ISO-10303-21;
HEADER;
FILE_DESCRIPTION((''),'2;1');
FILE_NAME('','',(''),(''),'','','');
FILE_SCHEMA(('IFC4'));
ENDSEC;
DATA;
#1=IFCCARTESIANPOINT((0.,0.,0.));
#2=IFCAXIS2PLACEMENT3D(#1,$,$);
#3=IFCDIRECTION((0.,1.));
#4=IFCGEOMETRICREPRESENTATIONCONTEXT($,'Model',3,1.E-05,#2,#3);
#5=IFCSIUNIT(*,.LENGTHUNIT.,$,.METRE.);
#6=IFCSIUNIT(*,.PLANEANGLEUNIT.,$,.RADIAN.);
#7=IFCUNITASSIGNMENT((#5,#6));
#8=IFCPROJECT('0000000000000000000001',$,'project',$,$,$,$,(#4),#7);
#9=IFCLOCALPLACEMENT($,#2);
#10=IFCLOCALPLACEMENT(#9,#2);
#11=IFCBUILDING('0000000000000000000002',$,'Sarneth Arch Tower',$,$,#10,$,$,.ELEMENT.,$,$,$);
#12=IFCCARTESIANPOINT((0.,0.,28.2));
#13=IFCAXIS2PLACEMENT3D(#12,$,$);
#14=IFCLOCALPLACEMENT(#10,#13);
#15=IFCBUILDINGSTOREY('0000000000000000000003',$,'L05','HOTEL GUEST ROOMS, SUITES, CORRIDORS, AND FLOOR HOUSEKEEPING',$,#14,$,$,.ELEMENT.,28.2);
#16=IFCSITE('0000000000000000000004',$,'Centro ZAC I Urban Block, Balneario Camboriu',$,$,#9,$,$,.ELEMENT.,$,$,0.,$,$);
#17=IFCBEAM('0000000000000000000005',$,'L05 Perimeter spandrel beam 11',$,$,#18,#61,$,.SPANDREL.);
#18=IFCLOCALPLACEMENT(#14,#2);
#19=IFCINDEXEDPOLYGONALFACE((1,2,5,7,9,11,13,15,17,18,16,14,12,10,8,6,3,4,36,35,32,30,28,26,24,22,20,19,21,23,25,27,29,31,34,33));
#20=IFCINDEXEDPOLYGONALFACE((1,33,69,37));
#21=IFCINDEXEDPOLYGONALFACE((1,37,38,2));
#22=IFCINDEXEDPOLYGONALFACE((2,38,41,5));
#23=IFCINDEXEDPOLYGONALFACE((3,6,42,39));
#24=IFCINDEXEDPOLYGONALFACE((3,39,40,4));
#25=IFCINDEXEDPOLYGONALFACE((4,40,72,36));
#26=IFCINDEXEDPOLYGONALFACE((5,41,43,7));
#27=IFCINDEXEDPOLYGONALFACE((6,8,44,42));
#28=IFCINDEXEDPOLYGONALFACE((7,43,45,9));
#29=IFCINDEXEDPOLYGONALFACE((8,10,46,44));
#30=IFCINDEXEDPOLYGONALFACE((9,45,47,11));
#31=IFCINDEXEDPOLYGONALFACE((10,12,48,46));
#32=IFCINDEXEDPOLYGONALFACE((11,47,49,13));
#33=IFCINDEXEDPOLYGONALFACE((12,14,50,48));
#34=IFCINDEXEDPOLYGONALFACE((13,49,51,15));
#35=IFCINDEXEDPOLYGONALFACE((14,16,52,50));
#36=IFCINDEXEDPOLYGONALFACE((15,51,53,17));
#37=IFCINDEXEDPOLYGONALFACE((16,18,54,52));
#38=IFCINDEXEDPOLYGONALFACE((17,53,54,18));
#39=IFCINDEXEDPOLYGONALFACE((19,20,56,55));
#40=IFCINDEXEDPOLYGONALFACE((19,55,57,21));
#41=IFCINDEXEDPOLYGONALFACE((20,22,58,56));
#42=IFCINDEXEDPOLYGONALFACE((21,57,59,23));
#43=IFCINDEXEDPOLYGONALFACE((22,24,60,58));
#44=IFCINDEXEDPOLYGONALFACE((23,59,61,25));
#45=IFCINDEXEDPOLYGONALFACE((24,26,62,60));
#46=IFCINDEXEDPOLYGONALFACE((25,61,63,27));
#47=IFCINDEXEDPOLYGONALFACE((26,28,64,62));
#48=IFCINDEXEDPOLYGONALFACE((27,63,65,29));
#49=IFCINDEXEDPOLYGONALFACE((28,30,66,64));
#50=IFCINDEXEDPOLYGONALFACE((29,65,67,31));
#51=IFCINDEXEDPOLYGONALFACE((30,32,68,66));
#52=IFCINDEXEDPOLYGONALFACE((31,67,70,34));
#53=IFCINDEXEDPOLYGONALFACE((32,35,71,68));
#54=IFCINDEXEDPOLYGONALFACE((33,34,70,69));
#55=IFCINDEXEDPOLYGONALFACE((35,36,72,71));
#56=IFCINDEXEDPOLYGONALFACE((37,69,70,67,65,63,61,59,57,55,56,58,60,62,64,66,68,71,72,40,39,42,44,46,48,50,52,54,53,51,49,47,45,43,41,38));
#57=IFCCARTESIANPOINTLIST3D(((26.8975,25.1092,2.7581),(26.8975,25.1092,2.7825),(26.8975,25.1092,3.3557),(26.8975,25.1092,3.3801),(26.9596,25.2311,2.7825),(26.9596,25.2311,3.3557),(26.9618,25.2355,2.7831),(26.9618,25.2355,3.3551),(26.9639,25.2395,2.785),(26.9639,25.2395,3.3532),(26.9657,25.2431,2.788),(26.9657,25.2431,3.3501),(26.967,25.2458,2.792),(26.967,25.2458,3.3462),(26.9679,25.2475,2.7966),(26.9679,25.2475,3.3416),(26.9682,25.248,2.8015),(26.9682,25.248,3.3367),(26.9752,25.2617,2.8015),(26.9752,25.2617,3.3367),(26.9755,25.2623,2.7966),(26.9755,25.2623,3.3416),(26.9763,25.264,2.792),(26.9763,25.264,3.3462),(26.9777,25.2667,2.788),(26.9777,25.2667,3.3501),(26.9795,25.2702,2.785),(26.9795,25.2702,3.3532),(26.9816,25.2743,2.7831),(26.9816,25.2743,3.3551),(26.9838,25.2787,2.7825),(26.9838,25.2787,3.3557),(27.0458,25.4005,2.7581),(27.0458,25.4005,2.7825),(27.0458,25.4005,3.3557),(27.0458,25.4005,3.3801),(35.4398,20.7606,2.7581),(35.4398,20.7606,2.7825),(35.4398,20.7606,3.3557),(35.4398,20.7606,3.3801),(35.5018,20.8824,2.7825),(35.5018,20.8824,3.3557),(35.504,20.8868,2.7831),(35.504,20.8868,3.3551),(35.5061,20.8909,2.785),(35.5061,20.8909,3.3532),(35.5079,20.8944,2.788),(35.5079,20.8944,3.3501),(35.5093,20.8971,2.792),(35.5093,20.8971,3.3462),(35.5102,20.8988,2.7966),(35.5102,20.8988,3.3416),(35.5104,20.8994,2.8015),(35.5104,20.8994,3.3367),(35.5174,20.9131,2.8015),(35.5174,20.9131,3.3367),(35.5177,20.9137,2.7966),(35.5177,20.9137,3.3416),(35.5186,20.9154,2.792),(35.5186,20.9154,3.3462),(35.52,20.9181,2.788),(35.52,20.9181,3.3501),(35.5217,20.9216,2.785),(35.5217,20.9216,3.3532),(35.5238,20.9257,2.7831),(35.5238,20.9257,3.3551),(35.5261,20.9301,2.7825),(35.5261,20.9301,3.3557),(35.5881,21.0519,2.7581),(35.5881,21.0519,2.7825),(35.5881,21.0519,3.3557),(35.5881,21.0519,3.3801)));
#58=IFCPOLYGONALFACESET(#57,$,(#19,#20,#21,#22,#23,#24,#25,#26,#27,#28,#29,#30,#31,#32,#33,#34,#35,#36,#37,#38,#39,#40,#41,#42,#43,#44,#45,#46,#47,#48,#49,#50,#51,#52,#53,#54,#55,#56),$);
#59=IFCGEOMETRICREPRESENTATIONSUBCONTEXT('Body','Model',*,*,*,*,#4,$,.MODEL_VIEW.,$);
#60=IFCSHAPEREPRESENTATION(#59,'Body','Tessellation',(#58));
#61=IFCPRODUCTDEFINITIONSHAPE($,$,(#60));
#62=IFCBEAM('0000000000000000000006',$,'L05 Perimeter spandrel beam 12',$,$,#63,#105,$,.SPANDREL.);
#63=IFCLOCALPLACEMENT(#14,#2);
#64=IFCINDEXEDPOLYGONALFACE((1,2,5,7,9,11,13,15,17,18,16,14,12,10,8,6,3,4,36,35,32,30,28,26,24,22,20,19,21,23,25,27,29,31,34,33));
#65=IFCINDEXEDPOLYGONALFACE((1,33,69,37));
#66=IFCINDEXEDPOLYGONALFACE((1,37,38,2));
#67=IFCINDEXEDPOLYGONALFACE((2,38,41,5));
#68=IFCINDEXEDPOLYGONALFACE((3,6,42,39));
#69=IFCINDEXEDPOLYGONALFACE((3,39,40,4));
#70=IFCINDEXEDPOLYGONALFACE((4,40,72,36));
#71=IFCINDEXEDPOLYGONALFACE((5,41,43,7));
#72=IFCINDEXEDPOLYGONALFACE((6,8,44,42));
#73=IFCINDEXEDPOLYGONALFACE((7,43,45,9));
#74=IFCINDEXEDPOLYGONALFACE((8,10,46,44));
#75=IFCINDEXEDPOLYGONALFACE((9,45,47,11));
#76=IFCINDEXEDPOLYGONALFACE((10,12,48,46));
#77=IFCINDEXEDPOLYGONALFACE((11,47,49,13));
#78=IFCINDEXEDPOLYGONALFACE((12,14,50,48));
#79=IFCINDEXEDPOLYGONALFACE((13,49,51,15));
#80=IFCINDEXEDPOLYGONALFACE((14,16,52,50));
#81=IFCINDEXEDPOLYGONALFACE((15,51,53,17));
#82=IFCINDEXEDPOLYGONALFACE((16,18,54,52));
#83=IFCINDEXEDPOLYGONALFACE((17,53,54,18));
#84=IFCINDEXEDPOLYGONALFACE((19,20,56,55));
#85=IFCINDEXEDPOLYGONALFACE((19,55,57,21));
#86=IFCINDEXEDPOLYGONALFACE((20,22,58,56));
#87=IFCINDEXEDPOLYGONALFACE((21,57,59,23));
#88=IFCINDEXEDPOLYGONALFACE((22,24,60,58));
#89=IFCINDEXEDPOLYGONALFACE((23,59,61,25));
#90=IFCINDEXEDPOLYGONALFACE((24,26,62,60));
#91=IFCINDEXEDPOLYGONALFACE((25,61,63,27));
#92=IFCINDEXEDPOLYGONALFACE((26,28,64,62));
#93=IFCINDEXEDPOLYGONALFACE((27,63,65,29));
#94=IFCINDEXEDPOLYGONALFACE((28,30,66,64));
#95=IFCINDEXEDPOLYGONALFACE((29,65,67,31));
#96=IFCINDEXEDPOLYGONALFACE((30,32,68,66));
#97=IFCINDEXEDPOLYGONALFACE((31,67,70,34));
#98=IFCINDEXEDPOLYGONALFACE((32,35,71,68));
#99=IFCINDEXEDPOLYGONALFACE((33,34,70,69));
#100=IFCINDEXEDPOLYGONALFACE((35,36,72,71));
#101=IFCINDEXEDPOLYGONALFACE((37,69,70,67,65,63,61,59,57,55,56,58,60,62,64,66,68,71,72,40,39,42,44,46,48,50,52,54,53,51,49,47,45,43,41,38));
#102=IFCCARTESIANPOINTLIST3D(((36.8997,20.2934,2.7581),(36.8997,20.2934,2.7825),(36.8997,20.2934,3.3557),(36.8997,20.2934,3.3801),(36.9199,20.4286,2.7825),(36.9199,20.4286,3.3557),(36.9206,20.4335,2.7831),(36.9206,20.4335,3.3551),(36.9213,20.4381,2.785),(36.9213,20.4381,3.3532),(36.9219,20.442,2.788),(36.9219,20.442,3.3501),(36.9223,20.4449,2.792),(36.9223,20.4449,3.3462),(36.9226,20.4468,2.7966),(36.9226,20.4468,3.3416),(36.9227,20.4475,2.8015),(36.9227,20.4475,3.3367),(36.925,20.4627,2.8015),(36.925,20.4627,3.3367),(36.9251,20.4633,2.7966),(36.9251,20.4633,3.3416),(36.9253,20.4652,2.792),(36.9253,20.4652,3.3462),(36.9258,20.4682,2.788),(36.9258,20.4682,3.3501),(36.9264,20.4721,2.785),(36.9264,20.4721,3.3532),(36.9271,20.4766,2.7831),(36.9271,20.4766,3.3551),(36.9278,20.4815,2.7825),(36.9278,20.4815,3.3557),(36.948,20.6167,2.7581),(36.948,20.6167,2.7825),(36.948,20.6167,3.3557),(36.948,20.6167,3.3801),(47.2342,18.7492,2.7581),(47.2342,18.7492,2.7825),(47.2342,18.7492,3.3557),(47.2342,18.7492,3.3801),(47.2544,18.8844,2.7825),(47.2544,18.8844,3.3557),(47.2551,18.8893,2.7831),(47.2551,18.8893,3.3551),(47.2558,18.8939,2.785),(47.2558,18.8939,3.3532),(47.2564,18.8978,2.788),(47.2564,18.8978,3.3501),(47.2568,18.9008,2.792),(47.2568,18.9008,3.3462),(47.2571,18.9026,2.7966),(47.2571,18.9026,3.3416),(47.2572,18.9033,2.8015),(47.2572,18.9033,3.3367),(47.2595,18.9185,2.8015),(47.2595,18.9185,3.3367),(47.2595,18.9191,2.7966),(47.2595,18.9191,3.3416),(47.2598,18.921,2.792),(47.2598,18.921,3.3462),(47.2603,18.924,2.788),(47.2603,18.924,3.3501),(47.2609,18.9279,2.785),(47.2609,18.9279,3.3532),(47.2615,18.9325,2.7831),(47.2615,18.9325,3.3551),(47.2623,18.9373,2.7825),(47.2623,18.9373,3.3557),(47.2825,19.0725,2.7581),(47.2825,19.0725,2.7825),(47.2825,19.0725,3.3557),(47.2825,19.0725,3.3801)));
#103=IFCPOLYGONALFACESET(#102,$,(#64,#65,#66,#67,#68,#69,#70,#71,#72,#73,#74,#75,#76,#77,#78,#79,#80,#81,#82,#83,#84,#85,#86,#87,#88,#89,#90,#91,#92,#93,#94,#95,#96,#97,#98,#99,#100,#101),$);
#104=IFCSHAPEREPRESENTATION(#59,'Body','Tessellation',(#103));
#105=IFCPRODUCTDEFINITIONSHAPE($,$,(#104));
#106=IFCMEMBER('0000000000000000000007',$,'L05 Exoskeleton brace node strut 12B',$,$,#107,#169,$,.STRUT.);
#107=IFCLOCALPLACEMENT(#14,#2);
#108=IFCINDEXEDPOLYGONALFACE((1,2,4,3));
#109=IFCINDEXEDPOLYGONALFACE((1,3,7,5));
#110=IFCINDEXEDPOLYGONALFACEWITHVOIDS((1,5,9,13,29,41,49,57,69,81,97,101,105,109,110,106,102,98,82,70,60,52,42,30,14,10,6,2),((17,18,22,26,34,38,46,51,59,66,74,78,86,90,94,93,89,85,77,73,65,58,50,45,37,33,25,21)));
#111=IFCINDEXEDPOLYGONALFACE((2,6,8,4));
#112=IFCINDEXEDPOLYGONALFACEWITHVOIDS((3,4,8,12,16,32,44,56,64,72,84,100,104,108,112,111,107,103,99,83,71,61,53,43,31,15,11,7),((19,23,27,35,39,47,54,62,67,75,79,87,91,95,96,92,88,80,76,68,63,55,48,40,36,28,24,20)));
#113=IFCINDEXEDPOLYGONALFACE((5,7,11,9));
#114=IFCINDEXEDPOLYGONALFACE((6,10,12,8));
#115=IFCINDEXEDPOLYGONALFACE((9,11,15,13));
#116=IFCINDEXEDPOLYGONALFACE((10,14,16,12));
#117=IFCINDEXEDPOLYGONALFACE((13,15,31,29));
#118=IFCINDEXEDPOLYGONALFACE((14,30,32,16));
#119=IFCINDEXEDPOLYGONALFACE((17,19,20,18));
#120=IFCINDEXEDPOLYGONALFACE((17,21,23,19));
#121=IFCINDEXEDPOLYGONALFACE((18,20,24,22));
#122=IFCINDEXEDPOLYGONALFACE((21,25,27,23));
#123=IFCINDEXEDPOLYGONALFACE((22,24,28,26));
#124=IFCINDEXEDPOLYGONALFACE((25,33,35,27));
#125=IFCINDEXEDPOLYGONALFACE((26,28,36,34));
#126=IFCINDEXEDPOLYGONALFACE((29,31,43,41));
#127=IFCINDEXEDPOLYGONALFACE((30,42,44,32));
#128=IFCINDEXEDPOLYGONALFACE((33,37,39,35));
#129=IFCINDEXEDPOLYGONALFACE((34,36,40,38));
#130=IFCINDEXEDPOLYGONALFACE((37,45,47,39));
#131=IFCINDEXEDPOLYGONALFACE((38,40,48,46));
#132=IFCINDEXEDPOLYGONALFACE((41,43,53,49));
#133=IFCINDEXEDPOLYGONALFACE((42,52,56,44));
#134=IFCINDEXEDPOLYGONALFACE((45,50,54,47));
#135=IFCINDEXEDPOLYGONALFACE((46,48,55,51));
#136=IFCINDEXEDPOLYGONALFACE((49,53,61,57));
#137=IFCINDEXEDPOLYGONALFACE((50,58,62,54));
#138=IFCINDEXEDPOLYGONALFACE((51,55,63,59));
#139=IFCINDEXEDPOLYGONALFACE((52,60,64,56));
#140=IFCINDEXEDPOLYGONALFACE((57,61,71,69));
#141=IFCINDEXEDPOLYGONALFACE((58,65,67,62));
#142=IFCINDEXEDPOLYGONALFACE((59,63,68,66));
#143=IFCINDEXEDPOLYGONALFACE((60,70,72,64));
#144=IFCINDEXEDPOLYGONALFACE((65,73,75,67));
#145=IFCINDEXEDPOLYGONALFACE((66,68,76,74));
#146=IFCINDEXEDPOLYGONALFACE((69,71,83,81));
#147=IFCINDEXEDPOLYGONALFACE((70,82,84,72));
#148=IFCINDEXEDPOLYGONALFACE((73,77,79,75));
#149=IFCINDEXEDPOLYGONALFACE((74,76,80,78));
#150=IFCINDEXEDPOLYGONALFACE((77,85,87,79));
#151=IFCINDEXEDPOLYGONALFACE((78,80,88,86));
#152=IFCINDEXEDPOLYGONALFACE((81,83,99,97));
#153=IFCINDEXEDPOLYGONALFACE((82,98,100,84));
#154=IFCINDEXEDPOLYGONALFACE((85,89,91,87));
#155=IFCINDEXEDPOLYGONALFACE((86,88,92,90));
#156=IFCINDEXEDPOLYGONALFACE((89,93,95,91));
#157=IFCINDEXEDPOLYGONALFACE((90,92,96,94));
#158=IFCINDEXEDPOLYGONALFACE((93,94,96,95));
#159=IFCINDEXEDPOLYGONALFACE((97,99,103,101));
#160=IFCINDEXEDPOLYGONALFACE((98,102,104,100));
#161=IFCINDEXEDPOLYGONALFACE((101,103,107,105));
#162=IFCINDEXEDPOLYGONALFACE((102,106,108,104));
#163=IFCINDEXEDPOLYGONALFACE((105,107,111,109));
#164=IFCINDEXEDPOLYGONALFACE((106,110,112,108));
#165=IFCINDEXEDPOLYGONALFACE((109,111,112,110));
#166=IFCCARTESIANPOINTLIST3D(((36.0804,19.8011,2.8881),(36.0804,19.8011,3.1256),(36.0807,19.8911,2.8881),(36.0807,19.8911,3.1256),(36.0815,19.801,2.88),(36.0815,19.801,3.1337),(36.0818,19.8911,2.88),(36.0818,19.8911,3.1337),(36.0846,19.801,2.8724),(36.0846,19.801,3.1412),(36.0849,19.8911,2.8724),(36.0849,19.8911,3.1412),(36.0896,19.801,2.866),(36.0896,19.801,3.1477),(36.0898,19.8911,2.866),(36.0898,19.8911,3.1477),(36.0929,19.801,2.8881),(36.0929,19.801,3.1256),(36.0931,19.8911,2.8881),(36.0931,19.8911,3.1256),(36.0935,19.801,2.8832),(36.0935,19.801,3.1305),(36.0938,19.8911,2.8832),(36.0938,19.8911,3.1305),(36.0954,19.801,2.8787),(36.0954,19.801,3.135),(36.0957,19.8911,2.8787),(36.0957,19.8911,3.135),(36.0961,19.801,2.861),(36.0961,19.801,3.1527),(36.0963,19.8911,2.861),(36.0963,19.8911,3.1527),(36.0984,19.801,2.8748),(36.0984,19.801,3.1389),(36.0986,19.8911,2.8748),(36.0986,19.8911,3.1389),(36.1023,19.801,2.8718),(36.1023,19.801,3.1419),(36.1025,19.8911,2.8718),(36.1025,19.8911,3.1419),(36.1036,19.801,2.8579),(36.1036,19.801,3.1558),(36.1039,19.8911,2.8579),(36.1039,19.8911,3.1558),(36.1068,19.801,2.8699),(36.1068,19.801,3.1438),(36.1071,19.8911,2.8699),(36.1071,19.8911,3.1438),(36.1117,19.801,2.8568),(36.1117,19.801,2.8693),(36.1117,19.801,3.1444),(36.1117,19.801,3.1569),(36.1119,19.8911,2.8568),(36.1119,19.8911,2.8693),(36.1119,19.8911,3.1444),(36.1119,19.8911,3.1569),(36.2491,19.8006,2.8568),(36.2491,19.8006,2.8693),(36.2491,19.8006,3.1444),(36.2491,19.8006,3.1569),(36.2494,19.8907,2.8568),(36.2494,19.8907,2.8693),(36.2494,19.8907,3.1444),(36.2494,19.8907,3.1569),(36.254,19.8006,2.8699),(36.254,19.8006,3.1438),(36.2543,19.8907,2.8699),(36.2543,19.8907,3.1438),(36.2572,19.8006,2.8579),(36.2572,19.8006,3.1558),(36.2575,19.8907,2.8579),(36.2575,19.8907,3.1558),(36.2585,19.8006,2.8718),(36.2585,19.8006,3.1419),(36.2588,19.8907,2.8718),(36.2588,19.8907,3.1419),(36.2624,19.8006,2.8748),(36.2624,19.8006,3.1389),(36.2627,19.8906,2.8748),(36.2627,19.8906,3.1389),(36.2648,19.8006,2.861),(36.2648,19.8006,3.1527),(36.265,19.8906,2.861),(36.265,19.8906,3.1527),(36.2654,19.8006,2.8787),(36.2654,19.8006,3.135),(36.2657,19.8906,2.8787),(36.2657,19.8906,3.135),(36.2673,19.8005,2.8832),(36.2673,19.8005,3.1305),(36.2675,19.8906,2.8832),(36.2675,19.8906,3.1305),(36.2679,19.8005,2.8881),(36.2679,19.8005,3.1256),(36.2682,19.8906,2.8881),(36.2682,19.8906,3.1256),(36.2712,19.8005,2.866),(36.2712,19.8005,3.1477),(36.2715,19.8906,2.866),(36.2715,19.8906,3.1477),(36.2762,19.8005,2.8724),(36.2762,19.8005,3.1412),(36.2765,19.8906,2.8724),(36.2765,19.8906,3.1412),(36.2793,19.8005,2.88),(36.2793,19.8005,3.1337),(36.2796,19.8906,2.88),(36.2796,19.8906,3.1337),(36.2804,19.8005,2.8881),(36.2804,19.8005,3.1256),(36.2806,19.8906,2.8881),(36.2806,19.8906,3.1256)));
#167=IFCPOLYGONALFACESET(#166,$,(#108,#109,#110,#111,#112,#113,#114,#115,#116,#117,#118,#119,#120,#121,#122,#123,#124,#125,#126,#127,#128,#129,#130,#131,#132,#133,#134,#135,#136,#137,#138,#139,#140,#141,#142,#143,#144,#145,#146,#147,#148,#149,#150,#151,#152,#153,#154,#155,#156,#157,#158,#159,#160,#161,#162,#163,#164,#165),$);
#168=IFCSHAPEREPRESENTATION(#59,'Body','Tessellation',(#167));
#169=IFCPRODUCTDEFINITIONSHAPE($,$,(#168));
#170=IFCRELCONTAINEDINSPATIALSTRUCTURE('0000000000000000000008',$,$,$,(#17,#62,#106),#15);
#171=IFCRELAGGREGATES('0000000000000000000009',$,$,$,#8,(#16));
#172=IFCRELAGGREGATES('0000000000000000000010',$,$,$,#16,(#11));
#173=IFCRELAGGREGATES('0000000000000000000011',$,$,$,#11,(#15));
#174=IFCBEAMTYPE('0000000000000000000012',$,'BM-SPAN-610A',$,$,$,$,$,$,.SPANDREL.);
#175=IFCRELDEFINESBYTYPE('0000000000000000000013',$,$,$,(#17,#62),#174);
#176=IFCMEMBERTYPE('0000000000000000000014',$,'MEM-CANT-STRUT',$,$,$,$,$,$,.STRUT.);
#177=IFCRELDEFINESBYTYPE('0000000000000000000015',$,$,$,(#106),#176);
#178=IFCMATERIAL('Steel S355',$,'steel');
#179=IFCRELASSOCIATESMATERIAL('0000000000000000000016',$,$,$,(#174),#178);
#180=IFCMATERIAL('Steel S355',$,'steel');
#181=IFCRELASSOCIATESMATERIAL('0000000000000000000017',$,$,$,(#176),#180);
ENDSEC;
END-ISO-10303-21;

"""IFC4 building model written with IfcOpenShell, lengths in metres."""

from ifc_helpers import new_model, si_unit, direction, frame, origin, origin_2d, place, context, subcontext, project, spatial, hollow_rectangle, i_section, extrude, material, material_profile, profile_set, type_object, element, save


model = new_model("IFC4")

# Units and contexts
model_context = context("Model", 3, precision=1e-05, world=origin(), true_north=direction((0.0, 1.0)))
body_context = subcontext(model_context, "Body", "Model", "MODEL_VIEW")
ifc_project = project(units=[si_unit("LENGTHUNIT", "METRE"), si_unit("PLANEANGLEUNIT", "RADIAN")], contexts=[model_context])

# Site, building, storey
site_placement = place(None, origin())
site = spatial("IfcSite", under=ifc_project, at=site_placement, Name="Centro ZAC I Urban Block, Balneario Camboriu", CompositionType="ELEMENT", RefElevation=0.0)
building_placement = place(site_placement, origin())
building = spatial("IfcBuilding", under=site, at=building_placement, Name="Sarneth Arch Tower", CompositionType="ELEMENT")
storey_placement = place(building_placement, frame((0.0, 0.0, 28.2)))
storey = spatial("IfcBuildingStorey", under=building, at=storey_placement, Name="L05", Description="HOTEL GUEST ROOMS, SUITES, CORRIDORS, AND FLOOR HOUSEKEEPING", CompositionType="ELEMENT", Elevation=28.2)

# Beams
ifc_material_1 = material(Name="Steel S355", Category="steel")
ifc_material_profile_1 = material_profile(ifc_material_1, i_section(OverallWidth=0.3269, OverallDepth=0.6221, WebThickness=0.0154, FlangeThickness=0.0244, FilletRadius=0.019, at=origin_2d()), Name="W610x195")
ifc_profile_set_1 = profile_set([ifc_material_profile_1], Name="Steel S355")
beam_type_1 = type_object("IfcBeamType", Name="BM-SPAN-610A", PredefinedType="SPANDREL", material=ifc_profile_set_1)
beam_1_placement = place(storey_placement, frame((26.9717, 25.2549, 3.0691), z_axis=(0.891169, -0.453671, 0.0), x_axis=(0.453671, 0.891169, 0.0)))
element("IfcBeam", 1, at=beam_1_placement, inside=storey, type_object=beam_type_1, Name="L05 Perimeter spandrel beam 11", PredefinedType="SPANDREL", context=body_context, shape_type="SweptSolid", body=[
    extrude(i_section(OverallWidth=0.3269, OverallDepth=0.6221, WebThickness=0.0154, FlangeThickness=0.0244, FilletRadius=0.019, at=origin_2d()), origin(), (0.0, 0.0, 1.0), 9.5854),
])
beam_2_placement = place(storey_placement, frame((36.9238, 20.4551, 3.0691), z_axis=(0.98902, -0.147781, 0.0), x_axis=(0.147781, 0.98902, 0.0)))
element("IfcBeam", 2, at=beam_2_placement, inside=storey, type_object=beam_type_1, Name="L05 Perimeter spandrel beam 12", PredefinedType="SPANDREL", context=body_context, shape_type="SweptSolid", body=[
    extrude(i_section(OverallWidth=0.3269, OverallDepth=0.6221, WebThickness=0.0154, FlangeThickness=0.0244, FilletRadius=0.019, at=origin_2d()), origin(), (0.0, 0.0, 1.0), 10.4492),
])

# Member
ifc_material_2 = material(Name="Steel S355", Category="steel")
ifc_material_profile_2 = material_profile(ifc_material_2, hollow_rectangle(XDim=0.2, YDim=0.3, WallThickness=0.0125, InnerFilletRadius=0.0188, OuterFilletRadius=0.0312, at=origin_2d()), Name="RHS300x200x12.5")
ifc_profile_set_2 = profile_set([ifc_material_profile_2], Name="Steel S355")
member_type_1 = type_object("IfcMemberType", Name="MEM-CANT-STRUT", PredefinedType="STRUT", material=ifc_profile_set_2)
member_1_placement = place(storey_placement, frame((36.1807, 19.8909, 3.0068), z_axis=(-0.00271, -0.999996, 0.0), x_axis=(0.999996, -0.00271, 0.0)))
element("IfcMember", 3, at=member_1_placement, inside=storey, type_object=member_type_1, Name="L05 Exoskeleton brace node strut 12B", PredefinedType="STRUT", context=body_context, shape_type="SweptSolid", body=[
    extrude(hollow_rectangle(XDim=0.2, YDim=0.3, WallThickness=0.0125, InnerFilletRadius=0.0188, OuterFilletRadius=0.0312, at=origin_2d()), origin(), (0.0, 0.0, 1.0), 0.0901),
])

save(model, "model.ifc")
